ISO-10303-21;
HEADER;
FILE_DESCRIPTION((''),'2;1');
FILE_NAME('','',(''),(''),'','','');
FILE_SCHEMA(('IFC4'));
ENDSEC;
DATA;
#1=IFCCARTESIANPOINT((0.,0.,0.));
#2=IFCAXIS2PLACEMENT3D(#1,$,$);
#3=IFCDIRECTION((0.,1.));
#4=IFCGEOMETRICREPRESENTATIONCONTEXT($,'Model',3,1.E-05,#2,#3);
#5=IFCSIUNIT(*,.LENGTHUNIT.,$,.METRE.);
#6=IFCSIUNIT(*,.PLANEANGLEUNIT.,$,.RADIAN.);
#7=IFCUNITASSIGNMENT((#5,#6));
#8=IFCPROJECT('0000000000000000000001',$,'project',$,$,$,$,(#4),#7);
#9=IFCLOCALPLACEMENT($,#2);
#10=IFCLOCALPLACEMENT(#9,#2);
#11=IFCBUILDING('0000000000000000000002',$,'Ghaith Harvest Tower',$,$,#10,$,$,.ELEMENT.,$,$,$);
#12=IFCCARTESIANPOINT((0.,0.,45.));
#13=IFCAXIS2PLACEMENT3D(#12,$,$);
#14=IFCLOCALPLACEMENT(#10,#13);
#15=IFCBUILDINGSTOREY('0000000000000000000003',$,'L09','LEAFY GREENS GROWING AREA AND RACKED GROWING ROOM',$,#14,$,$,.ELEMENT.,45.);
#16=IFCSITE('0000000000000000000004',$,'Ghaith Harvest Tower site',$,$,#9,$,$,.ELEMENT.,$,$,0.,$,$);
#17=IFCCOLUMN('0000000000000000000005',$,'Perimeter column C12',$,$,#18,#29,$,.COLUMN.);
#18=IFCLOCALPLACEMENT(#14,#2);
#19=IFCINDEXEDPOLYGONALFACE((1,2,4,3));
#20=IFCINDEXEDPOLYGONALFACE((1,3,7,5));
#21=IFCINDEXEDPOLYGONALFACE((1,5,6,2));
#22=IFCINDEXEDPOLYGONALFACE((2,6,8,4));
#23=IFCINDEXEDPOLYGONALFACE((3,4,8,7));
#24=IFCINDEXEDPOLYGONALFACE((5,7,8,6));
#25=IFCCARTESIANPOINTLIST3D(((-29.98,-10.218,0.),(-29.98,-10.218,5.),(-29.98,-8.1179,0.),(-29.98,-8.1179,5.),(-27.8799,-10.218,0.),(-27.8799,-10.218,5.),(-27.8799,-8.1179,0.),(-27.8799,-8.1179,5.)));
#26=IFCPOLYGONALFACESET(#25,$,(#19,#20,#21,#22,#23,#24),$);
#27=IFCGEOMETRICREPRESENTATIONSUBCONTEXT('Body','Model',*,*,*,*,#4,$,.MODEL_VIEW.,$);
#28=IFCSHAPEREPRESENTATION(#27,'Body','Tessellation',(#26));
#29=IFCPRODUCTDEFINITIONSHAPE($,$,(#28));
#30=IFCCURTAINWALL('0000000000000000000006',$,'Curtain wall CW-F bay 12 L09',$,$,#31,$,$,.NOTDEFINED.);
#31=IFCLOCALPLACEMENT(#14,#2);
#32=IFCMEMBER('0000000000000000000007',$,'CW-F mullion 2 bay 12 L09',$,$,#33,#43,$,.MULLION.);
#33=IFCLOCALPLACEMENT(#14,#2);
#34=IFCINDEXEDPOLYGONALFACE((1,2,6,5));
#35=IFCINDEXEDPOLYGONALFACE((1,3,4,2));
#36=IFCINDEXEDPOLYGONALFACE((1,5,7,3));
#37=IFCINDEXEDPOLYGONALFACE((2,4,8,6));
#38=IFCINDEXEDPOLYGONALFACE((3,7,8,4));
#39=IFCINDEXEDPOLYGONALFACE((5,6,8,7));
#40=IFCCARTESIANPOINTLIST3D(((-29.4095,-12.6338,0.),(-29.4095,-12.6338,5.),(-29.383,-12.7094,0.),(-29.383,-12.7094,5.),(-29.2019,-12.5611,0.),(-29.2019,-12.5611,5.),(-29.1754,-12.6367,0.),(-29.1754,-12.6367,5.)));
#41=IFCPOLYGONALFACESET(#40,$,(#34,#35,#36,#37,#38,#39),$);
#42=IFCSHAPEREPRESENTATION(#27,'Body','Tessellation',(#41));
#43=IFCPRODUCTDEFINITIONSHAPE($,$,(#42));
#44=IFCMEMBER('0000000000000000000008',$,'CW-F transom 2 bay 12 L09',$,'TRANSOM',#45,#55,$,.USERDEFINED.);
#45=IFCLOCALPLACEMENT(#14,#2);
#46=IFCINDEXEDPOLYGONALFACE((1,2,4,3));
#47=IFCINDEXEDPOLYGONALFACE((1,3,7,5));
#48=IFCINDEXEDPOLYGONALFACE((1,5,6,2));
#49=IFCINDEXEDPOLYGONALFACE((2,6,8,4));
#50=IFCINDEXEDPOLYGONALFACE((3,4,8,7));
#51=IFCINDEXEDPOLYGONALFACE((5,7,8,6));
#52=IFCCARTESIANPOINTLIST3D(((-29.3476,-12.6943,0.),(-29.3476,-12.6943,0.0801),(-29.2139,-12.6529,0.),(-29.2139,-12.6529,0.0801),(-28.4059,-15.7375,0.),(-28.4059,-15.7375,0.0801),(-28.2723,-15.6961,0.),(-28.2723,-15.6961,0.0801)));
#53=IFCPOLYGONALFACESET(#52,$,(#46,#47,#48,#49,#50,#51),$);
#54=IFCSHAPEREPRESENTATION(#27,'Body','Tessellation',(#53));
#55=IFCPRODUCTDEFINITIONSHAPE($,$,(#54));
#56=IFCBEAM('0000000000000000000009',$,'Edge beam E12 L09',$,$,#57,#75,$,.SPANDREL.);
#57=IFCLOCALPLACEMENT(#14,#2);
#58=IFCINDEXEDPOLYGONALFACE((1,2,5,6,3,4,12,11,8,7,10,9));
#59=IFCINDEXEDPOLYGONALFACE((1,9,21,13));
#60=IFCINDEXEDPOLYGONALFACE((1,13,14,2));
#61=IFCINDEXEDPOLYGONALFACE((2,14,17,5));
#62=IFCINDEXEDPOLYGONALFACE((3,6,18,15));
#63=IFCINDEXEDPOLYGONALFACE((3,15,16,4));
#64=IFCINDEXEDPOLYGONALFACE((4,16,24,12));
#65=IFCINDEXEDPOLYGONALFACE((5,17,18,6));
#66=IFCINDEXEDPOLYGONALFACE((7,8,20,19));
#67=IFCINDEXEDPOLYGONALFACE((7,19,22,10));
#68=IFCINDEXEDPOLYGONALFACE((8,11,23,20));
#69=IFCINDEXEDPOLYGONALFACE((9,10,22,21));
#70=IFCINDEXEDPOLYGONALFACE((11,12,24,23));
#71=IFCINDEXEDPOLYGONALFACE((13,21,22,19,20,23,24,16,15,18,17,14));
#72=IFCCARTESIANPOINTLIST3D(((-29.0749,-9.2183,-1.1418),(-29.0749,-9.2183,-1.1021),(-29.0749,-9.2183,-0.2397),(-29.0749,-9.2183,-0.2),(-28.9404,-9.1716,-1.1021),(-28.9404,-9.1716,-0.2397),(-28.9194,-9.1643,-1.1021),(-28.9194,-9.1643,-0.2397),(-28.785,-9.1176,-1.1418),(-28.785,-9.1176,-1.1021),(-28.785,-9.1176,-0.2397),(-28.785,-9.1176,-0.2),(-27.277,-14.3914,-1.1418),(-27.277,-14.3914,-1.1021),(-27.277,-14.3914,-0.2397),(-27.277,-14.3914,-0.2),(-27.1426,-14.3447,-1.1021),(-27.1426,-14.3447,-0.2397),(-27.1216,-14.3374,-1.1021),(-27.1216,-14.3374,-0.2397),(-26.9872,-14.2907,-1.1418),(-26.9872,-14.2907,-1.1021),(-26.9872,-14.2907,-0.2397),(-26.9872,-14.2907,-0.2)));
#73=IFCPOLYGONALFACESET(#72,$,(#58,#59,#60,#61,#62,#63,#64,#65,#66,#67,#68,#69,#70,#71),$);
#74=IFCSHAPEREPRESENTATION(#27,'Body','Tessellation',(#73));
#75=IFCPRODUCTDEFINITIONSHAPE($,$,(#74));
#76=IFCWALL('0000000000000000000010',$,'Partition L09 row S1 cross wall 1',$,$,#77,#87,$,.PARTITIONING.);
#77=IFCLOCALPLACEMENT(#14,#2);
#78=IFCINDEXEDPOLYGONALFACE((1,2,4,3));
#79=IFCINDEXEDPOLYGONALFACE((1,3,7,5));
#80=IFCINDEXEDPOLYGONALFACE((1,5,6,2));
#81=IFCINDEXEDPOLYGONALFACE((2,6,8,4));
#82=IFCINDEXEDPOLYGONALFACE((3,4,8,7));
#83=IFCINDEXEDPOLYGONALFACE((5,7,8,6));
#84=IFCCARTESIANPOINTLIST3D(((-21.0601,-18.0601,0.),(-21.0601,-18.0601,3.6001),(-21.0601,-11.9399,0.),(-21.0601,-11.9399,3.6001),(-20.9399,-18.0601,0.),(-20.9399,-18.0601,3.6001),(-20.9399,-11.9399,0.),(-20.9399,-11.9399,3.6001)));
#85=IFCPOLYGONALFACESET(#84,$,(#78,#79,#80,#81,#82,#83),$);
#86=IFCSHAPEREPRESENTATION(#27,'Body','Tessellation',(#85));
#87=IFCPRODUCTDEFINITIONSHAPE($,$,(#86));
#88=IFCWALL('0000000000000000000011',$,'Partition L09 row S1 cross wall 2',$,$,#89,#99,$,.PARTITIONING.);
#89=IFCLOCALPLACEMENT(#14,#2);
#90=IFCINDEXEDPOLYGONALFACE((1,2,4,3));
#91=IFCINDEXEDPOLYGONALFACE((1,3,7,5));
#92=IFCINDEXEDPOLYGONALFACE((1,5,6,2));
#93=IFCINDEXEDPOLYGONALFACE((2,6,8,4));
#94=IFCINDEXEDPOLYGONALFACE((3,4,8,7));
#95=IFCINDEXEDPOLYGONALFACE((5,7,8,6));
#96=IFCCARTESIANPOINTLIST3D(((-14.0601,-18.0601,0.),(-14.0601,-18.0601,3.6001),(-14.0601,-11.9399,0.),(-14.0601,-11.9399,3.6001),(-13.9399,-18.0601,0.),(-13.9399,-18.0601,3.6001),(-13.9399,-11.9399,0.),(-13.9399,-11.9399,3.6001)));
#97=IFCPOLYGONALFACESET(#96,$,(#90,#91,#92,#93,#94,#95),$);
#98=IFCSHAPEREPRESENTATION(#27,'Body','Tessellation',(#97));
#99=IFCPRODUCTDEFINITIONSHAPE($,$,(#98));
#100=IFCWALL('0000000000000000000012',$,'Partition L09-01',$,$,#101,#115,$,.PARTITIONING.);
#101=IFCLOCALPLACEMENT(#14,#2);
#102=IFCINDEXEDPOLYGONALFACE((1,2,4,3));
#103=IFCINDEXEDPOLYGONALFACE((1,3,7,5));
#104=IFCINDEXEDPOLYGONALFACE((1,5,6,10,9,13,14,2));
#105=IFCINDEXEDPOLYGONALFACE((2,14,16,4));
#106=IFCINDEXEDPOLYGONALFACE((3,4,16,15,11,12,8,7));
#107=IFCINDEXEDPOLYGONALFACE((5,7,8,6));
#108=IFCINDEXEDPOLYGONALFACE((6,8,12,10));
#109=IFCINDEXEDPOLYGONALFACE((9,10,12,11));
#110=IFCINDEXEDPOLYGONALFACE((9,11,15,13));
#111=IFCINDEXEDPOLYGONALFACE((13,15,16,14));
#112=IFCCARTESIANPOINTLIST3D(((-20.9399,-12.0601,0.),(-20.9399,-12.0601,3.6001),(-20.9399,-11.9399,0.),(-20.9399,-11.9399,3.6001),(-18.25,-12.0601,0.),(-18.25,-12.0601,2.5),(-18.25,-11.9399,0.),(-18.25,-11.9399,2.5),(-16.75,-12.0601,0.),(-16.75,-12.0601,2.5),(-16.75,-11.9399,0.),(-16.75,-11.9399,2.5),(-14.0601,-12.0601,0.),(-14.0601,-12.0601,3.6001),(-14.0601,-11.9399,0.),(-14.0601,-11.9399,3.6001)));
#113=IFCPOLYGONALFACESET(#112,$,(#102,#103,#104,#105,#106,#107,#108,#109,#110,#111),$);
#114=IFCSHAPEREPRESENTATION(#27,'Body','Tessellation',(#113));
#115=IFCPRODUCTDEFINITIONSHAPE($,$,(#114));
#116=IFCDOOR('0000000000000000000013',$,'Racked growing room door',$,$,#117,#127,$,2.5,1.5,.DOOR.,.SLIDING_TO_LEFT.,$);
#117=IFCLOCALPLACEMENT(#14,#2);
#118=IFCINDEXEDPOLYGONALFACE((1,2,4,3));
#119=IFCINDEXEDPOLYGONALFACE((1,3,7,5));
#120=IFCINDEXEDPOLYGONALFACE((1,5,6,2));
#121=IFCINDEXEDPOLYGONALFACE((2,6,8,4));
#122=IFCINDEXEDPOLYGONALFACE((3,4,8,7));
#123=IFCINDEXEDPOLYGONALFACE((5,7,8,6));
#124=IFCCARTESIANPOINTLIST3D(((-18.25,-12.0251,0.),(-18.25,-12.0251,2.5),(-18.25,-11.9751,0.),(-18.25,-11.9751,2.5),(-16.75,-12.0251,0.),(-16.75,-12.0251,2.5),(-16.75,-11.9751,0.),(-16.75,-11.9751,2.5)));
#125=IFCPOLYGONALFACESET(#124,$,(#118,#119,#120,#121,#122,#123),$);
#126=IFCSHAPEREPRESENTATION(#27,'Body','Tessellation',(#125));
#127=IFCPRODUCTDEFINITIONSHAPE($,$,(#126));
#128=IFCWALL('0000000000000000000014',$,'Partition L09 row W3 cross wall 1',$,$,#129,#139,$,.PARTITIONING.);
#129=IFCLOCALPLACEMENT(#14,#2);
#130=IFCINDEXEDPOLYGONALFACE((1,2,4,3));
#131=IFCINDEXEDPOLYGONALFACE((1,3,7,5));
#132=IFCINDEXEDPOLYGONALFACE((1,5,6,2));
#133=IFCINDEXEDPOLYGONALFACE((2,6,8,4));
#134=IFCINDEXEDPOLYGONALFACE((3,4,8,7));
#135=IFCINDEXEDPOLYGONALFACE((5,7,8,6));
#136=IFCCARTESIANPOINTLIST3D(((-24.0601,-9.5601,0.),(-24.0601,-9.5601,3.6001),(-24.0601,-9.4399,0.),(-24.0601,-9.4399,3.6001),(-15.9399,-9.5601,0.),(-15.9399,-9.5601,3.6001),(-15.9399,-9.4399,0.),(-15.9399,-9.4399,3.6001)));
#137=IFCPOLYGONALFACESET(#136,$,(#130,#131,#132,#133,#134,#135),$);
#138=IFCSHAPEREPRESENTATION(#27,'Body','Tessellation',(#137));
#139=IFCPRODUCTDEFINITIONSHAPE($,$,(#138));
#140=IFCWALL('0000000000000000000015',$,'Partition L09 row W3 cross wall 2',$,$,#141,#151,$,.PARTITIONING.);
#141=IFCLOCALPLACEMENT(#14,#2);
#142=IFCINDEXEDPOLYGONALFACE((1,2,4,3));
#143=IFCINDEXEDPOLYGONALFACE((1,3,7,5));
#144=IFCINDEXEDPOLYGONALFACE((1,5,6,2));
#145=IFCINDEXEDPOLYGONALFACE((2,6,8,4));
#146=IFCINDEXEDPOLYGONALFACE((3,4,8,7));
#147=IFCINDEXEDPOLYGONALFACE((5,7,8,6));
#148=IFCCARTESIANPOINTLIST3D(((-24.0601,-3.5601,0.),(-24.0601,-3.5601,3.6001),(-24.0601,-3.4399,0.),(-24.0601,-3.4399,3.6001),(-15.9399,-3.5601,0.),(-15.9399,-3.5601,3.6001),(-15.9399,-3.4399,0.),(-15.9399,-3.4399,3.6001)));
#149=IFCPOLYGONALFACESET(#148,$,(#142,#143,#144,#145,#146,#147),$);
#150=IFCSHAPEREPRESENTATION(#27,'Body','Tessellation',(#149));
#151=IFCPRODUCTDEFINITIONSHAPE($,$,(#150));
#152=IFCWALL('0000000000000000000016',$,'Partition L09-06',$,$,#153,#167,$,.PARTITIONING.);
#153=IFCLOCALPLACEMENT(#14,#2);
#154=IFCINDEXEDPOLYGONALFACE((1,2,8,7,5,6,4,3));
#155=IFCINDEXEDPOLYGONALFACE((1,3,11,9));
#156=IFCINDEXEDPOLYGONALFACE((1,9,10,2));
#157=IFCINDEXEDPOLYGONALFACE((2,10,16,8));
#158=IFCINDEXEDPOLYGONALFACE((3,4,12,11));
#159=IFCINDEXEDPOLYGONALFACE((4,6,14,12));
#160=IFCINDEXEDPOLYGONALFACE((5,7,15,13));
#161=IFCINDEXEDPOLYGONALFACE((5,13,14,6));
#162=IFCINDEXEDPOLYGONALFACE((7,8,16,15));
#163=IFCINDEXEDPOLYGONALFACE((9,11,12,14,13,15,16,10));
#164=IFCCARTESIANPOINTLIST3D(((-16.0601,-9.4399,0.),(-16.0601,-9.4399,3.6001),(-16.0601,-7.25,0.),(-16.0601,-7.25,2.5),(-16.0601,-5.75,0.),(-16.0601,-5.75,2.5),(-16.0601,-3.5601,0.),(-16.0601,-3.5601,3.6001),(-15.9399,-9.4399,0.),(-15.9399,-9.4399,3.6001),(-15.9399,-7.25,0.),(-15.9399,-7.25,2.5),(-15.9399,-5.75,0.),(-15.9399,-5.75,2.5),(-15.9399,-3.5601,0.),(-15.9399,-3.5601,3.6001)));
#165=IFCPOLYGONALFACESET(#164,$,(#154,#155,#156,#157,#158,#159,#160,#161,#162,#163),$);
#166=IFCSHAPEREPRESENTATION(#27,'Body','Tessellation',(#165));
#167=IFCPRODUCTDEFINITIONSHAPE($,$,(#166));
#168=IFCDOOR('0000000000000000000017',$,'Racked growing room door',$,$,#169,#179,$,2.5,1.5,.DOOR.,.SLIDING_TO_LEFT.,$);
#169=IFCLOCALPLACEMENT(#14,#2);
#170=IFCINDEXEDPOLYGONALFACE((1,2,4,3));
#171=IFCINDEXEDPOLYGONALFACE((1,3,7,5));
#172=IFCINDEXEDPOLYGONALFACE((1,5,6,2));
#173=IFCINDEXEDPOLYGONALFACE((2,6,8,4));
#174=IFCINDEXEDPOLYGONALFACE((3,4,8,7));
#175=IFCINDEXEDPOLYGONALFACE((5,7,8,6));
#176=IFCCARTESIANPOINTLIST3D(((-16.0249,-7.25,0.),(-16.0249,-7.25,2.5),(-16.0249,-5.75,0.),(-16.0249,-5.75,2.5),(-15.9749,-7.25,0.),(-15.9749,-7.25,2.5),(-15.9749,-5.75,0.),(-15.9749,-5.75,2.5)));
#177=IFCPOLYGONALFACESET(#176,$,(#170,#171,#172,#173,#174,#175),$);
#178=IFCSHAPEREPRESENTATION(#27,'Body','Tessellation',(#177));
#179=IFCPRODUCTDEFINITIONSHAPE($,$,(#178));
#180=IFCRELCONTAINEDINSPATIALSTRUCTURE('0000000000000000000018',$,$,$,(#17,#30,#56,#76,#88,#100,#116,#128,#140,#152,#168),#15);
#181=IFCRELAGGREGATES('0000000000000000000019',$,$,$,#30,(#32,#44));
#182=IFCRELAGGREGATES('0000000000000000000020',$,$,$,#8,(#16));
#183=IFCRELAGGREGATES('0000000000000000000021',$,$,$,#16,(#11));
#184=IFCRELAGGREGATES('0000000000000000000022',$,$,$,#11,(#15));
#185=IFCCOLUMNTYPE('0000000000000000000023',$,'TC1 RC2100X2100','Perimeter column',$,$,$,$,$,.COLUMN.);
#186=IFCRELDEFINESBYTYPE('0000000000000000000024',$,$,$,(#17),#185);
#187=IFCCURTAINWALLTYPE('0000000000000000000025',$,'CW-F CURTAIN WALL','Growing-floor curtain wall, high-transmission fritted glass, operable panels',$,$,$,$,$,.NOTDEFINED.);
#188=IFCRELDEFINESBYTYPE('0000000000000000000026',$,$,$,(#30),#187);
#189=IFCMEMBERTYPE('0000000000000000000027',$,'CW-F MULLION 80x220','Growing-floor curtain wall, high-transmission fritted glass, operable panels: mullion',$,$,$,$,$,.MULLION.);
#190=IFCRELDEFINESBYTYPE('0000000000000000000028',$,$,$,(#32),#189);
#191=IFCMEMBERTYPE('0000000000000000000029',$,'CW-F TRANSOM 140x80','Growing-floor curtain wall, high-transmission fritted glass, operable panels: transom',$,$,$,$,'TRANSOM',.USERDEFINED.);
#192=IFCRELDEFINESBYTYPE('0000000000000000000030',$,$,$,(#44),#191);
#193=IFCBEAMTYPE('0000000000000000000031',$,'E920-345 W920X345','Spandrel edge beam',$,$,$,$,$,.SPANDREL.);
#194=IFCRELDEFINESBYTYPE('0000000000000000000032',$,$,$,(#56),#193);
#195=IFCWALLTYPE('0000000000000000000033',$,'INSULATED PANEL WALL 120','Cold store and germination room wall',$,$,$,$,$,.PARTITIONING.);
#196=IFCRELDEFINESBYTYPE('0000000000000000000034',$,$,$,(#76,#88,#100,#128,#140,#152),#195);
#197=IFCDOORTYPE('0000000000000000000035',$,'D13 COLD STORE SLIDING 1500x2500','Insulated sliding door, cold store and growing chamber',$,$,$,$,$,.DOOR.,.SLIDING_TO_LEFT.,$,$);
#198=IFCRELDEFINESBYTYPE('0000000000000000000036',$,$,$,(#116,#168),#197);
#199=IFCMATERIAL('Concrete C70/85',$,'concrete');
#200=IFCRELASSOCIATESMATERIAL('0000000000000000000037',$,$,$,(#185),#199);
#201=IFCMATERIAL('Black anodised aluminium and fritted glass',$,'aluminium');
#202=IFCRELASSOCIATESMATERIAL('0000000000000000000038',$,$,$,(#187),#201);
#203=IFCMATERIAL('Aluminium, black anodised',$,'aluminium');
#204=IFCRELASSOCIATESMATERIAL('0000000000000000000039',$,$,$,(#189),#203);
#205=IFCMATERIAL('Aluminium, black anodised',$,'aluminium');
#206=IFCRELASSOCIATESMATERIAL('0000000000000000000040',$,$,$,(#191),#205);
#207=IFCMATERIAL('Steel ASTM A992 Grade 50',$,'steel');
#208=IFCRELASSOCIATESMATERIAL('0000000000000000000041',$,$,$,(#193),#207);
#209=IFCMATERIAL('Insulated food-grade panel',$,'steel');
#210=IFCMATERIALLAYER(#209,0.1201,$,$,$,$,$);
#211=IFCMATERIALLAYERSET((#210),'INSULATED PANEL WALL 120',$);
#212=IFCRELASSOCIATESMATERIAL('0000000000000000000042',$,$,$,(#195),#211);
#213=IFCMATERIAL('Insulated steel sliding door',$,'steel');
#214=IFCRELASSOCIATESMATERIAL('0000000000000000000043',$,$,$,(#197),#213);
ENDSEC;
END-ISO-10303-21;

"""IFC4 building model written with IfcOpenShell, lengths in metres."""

from ifc_helpers import new_model, si_unit, direction, frame, frame_2d, origin, origin_2d, place, context, subcontext, project, spatial, rectangle, i_section, extrude, material, layer, layer_set, material_profile, profile_set, type_object, element, fill, aggregate, save


model = new_model("IFC4")

# Units and contexts
model_context = context("Model", 3, precision=1e-05, world=origin(), true_north=direction((0.0, 1.0)))
body_context = subcontext(model_context, "Body", "Model", "MODEL_VIEW")
ifc_project = project(units=[si_unit("LENGTHUNIT", "METRE"), si_unit("PLANEANGLEUNIT", "RADIAN")], contexts=[model_context])

# Site, building, storey
site_placement = place(None, origin())
site = spatial("IfcSite", under=ifc_project, at=site_placement, Name="Ghaith Harvest Tower site", CompositionType="ELEMENT", RefElevation=0.0)
building_placement = place(site_placement, origin())
building = spatial("IfcBuilding", under=site, at=building_placement, Name="Ghaith Harvest Tower", CompositionType="ELEMENT")
storey_placement = place(building_placement, frame((0.0, 0.0, 45.0)))
storey = spatial("IfcBuildingStorey", under=building, at=storey_placement, Name="L09", Description="LEAFY GREENS GROWING AREA AND RACKED GROWING ROOM", CompositionType="ELEMENT", Elevation=45.0)

# Column
ifc_material_1 = material(Name="Concrete C70/85", Category="concrete")
ifc_material_profile_1 = material_profile(ifc_material_1, rectangle(XDim=2.1001, YDim=2.1001, at=origin_2d()), Name="RC2100X2100")
ifc_profile_set_1 = profile_set([ifc_material_profile_1], Name="Concrete C70/85")
column_type = type_object("IfcColumnType", Name="TC1 RC2100X2100", Description="Perimeter column", PredefinedType="COLUMN", material=ifc_profile_set_1)
column_placement = place(storey_placement, frame((-28.9299, -9.168, 0.0), z_axis=(0.0, 0.0, 1.0), x_axis=(1.0, 0.0, 0.0)))
element("IfcColumn", 1, at=column_placement, inside=storey, type_object=column_type, Name="Perimeter column C12", PredefinedType="COLUMN", context=body_context, shape_type="SweptSolid", body=[
    extrude(rectangle(XDim=2.1001, YDim=2.1001, at=origin_2d()), origin(), (0.0, 0.0, 1.0), 5.0),
])

# Curtain wall, members
ifc_material_2 = material(Name="Black anodised aluminium and fritted glass", Category="aluminium")
curtain_wall_type = type_object("IfcCurtainWallType", Name="CW-F CURTAIN WALL", Description="Growing-floor curtain wall, high-transmission fritted glass, operable panels", PredefinedType="NOTDEFINED", material=ifc_material_2)
curtain_wall_placement = place(storey_placement, origin())
curtain_wall = element("IfcCurtainWall", 2, at=curtain_wall_placement, inside=storey, type_object=curtain_wall_type, Name="Curtain wall CW-F bay 12 L09", PredefinedType="NOTDEFINED")
ifc_material_3 = material(Name="Aluminium, black anodised", Category="aluminium")
ifc_material_profile_2 = material_profile(ifc_material_3, rectangle(XDim=0.0801, YDim=0.22, at=origin_2d()), Name="CW-F MULLION 80x220")
ifc_profile_set_2 = profile_set([ifc_material_profile_2], Name="Aluminium, black anodised")
member_type_1 = type_object("IfcMemberType", Name="CW-F MULLION 80x220", Description="Growing-floor curtain wall, high-transmission fritted glass, operable panels: mullion", PredefinedType="MULLION", material=ifc_profile_set_2)
member_1_placement = place(storey_placement, frame((-29.2925, -12.6353, 0.0), z_axis=(0.0, 0.0, 1.0), x_axis=(0.330701, -0.943736, 0.0)))
member_1 = element("IfcMember", 3, at=member_1_placement, type_object=member_type_1, Name="CW-F mullion 2 bay 12 L09", PredefinedType="MULLION", context=body_context, shape_type="SweptSolid", body=[
    extrude(rectangle(XDim=0.0801, YDim=0.22, at=origin_2d()), origin(), (0.0, 0.0, 1.0), 5.0),
])
ifc_material_4 = material(Name="Aluminium, black anodised", Category="aluminium")
ifc_material_profile_3 = material_profile(ifc_material_4, rectangle(XDim=0.1399, YDim=0.0801, at=origin_2d()), Name="CW-F TRANSOM 140x80")
ifc_profile_set_3 = profile_set([ifc_material_profile_3], Name="Aluminium, black anodised")
member_type_2 = type_object("IfcMemberType", Name="CW-F TRANSOM 140x80", Description="Growing-floor curtain wall, high-transmission fritted glass, operable panels: transom", ElementType="TRANSOM", PredefinedType="USERDEFINED", material=ifc_profile_set_3)
member_2_placement = place(storey_placement, frame((-29.2808, -12.6736, 0.04), z_axis=(0.295599, -0.955312, 0.0), x_axis=(0.955312, 0.295599, 0.0)))
member_2 = element("IfcMember", 4, at=member_2_placement, type_object=member_type_2, Name="CW-F transom 2 bay 12 L09", ObjectType="TRANSOM", PredefinedType="USERDEFINED", context=body_context, shape_type="SweptSolid", body=[
    extrude(rectangle(XDim=0.1399, YDim=0.0801, at=origin_2d()), origin(), (0.0, 0.0, 1.0), 3.1855),
])
aggregate(curtain_wall, [member_1, member_2])

# Beam
ifc_material_5 = material(Name="Steel ASTM A992 Grade 50", Category="steel")
ifc_material_profile_4 = material_profile(ifc_material_5, i_section(OverallWidth=0.3069, OverallDepth=0.9419, WebThickness=0.0222, FlangeThickness=0.0398, at=origin_2d()), Name="W920X345")
ifc_profile_set_4 = profile_set([ifc_material_profile_4], Name="Steel ASTM A992 Grade 50")
beam_type = type_object("IfcBeamType", Name="E920-345 W920X345", Description="Spandrel edge beam", PredefinedType="SPANDREL", material=ifc_profile_set_4)
beam_placement = place(storey_placement, frame((-28.9299, -9.168, -0.6709), z_axis=(0.328279, -0.944581, 0.0), x_axis=(0.944581, 0.328279, 0.0)))
element("IfcBeam", 5, at=beam_placement, inside=storey, type_object=beam_type, Name="Edge beam E12 L09", PredefinedType="SPANDREL", context=body_context, shape_type="SweptSolid", body=[
    extrude(i_section(OverallWidth=0.3069, OverallDepth=0.9419, WebThickness=0.0222, FlangeThickness=0.0398, at=origin_2d()), origin(), (0.0, 0.0, 1.0), 5.4766),
])

# Walls
ifc_material_6 = material(Name="Insulated food-grade panel", Category="steel")
ifc_layer_1 = layer(ifc_material_6, 0.1201)
ifc_layer_set_1 = layer_set([ifc_layer_1], Name="INSULATED PANEL WALL 120")
wall_type_1 = type_object("IfcWallType", Name="INSULATED PANEL WALL 120", Description="Cold store and germination room wall", PredefinedType="PARTITIONING", material=ifc_layer_set_1)
for number, where, z_axis, x_axis, name in (
    (6, (-21.0, -11.9399, 0.0), (0.0, 0.0, 1.0), (0.0, -1.0, 0.0), "Partition L09 row S1 cross wall 1"),
    (7, (-14.0, -11.9399, 0.0), (0.0, 0.0, 1.0), (0.0, -1.0, 0.0), "Partition L09 row S1 cross wall 2"),
):
    element("IfcWall", number, at=place(storey_placement, frame(where, z_axis=z_axis, x_axis=x_axis)), inside=storey, type_object=wall_type_1, Name=name, PredefinedType="PARTITIONING", context=body_context, shape_type="SweptSolid", body=[
        extrude(rectangle(XDim=6.1201, YDim=0.1201, at=frame_2d((3.0601, 0.0))), origin(), (0.0, 0.0, 1.0), 3.6001),
    ])

# Wall, opening, door
wall_1_placement = place(storey_placement, frame((-20.9399, -12.0, 0.0), z_axis=(0.0, 0.0, 1.0), x_axis=(1.0, 0.0, 0.0)))
wall_1 = element("IfcWall", 8, at=wall_1_placement, inside=storey, type_object=wall_type_1, Name="Partition L09-01", PredefinedType="PARTITIONING", context=body_context, shape_type="SweptSolid", body=[
    extrude(rectangle(XDim=6.8799, YDim=0.1201, at=frame_2d((3.4399, 0.0))), origin(), (0.0, 0.0, 1.0), 3.6001),
])
opening_1_placement = place(wall_1_placement, frame((2.6899, 0.0, 0.0)))
opening_1 = element("IfcOpeningElement", 9, at=opening_1_placement, cuts=wall_1, PredefinedType="OPENING", context=body_context, shape_type="SweptSolid", body=[
    extrude(rectangle(XDim=1.5, YDim=2.5, at=frame_2d((0.75, 1.25))), frame((0.0, 0.0701, 0.0), z_axis=(0.0, -1.0, 0.0), x_axis=(1.0, 0.0, 0.0)), (0.0, 0.0, 1.0), 0.1401),
])
ifc_material_7 = material(Name="Insulated steel sliding door", Category="steel")
door_type_1 = type_object("IfcDoorType", Name="D13 COLD STORE SLIDING 1500x2500", Description="Insulated sliding door, cold store and growing chamber", OperationType="SLIDING_TO_LEFT", PredefinedType="DOOR", material=ifc_material_7)
door_1_placement = place(opening_1_placement, origin())
door_1 = element("IfcDoor", 10, at=door_1_placement, inside=storey, type_object=door_type_1, Name="Racked growing room door", OperationType="SLIDING_TO_LEFT", OverallHeight=2.5, OverallWidth=1.5, PredefinedType="DOOR", context=body_context, shape_type="SweptSolid", body=[
    extrude(rectangle(XDim=1.5, YDim=2.5, at=frame_2d((0.75, 1.25))), frame((0.0, 0.0249, 0.0), z_axis=(0.0, -1.0, 0.0), x_axis=(1.0, 0.0, 0.0)), (0.0, 0.0, 1.0), 0.05),
])
fill(opening_1, door_1)

# Walls
for number, where, z_axis, x_axis, name in (
    (11, (-15.9399, -9.5, 0.0), (0.0, 0.0, 1.0), (-1.0, 0.0, 0.0), "Partition L09 row W3 cross wall 1"),
    (12, (-15.9399, -3.5, 0.0), (0.0, 0.0, 1.0), (-1.0, 0.0, 0.0), "Partition L09 row W3 cross wall 2"),
):
    element("IfcWall", number, at=place(storey_placement, frame(where, z_axis=z_axis, x_axis=x_axis)), inside=storey, type_object=wall_type_1, Name=name, PredefinedType="PARTITIONING", context=body_context, shape_type="SweptSolid", body=[
        extrude(rectangle(XDim=8.1201, YDim=0.1201, at=frame_2d((4.0601, 0.0))), origin(), (0.0, 0.0, 1.0), 3.6001),
    ])

# Wall, opening, door
wall_2_placement = place(storey_placement, frame((-16.0, -9.4399, 0.0), z_axis=(0.0, 0.0, 1.0), x_axis=(0.0, 1.0, 0.0)))
wall_2 = element("IfcWall", 13, at=wall_2_placement, inside=storey, type_object=wall_type_1, Name="Partition L09-06", PredefinedType="PARTITIONING", context=body_context, shape_type="SweptSolid", body=[
    extrude(rectangle(XDim=5.8799, YDim=0.1201, at=frame_2d((2.9399, 0.0))), origin(), (0.0, 0.0, 1.0), 3.6001),
])
opening_2_placement = place(wall_2_placement, frame((2.1899, 0.0, 0.0)))
opening_2 = element("IfcOpeningElement", 14, at=opening_2_placement, cuts=wall_2, PredefinedType="OPENING", context=body_context, shape_type="SweptSolid", body=[
    extrude(rectangle(XDim=1.5, YDim=2.5, at=frame_2d((0.75, 1.25))), frame((0.0, 0.0701, 0.0), z_axis=(0.0, -1.0, 0.0), x_axis=(1.0, 0.0, 0.0)), (0.0, 0.0, 1.0), 0.1401),
])
door_2_placement = place(opening_2_placement, origin())
door_2 = element("IfcDoor", 15, at=door_2_placement, inside=storey, type_object=door_type_1, Name="Racked growing room door", OperationType="SLIDING_TO_LEFT", OverallHeight=2.5, OverallWidth=1.5, PredefinedType="DOOR", context=body_context, shape_type="SweptSolid", body=[
    extrude(rectangle(XDim=1.5, YDim=2.5, at=frame_2d((0.75, 1.25))), frame((0.0, 0.0249, 0.0), z_axis=(0.0, -1.0, 0.0), x_axis=(1.0, 0.0, 0.0)), (0.0, 0.0, 1.0), 0.05),
])
fill(opening_2, door_2)

save(model, "model.ifc")
